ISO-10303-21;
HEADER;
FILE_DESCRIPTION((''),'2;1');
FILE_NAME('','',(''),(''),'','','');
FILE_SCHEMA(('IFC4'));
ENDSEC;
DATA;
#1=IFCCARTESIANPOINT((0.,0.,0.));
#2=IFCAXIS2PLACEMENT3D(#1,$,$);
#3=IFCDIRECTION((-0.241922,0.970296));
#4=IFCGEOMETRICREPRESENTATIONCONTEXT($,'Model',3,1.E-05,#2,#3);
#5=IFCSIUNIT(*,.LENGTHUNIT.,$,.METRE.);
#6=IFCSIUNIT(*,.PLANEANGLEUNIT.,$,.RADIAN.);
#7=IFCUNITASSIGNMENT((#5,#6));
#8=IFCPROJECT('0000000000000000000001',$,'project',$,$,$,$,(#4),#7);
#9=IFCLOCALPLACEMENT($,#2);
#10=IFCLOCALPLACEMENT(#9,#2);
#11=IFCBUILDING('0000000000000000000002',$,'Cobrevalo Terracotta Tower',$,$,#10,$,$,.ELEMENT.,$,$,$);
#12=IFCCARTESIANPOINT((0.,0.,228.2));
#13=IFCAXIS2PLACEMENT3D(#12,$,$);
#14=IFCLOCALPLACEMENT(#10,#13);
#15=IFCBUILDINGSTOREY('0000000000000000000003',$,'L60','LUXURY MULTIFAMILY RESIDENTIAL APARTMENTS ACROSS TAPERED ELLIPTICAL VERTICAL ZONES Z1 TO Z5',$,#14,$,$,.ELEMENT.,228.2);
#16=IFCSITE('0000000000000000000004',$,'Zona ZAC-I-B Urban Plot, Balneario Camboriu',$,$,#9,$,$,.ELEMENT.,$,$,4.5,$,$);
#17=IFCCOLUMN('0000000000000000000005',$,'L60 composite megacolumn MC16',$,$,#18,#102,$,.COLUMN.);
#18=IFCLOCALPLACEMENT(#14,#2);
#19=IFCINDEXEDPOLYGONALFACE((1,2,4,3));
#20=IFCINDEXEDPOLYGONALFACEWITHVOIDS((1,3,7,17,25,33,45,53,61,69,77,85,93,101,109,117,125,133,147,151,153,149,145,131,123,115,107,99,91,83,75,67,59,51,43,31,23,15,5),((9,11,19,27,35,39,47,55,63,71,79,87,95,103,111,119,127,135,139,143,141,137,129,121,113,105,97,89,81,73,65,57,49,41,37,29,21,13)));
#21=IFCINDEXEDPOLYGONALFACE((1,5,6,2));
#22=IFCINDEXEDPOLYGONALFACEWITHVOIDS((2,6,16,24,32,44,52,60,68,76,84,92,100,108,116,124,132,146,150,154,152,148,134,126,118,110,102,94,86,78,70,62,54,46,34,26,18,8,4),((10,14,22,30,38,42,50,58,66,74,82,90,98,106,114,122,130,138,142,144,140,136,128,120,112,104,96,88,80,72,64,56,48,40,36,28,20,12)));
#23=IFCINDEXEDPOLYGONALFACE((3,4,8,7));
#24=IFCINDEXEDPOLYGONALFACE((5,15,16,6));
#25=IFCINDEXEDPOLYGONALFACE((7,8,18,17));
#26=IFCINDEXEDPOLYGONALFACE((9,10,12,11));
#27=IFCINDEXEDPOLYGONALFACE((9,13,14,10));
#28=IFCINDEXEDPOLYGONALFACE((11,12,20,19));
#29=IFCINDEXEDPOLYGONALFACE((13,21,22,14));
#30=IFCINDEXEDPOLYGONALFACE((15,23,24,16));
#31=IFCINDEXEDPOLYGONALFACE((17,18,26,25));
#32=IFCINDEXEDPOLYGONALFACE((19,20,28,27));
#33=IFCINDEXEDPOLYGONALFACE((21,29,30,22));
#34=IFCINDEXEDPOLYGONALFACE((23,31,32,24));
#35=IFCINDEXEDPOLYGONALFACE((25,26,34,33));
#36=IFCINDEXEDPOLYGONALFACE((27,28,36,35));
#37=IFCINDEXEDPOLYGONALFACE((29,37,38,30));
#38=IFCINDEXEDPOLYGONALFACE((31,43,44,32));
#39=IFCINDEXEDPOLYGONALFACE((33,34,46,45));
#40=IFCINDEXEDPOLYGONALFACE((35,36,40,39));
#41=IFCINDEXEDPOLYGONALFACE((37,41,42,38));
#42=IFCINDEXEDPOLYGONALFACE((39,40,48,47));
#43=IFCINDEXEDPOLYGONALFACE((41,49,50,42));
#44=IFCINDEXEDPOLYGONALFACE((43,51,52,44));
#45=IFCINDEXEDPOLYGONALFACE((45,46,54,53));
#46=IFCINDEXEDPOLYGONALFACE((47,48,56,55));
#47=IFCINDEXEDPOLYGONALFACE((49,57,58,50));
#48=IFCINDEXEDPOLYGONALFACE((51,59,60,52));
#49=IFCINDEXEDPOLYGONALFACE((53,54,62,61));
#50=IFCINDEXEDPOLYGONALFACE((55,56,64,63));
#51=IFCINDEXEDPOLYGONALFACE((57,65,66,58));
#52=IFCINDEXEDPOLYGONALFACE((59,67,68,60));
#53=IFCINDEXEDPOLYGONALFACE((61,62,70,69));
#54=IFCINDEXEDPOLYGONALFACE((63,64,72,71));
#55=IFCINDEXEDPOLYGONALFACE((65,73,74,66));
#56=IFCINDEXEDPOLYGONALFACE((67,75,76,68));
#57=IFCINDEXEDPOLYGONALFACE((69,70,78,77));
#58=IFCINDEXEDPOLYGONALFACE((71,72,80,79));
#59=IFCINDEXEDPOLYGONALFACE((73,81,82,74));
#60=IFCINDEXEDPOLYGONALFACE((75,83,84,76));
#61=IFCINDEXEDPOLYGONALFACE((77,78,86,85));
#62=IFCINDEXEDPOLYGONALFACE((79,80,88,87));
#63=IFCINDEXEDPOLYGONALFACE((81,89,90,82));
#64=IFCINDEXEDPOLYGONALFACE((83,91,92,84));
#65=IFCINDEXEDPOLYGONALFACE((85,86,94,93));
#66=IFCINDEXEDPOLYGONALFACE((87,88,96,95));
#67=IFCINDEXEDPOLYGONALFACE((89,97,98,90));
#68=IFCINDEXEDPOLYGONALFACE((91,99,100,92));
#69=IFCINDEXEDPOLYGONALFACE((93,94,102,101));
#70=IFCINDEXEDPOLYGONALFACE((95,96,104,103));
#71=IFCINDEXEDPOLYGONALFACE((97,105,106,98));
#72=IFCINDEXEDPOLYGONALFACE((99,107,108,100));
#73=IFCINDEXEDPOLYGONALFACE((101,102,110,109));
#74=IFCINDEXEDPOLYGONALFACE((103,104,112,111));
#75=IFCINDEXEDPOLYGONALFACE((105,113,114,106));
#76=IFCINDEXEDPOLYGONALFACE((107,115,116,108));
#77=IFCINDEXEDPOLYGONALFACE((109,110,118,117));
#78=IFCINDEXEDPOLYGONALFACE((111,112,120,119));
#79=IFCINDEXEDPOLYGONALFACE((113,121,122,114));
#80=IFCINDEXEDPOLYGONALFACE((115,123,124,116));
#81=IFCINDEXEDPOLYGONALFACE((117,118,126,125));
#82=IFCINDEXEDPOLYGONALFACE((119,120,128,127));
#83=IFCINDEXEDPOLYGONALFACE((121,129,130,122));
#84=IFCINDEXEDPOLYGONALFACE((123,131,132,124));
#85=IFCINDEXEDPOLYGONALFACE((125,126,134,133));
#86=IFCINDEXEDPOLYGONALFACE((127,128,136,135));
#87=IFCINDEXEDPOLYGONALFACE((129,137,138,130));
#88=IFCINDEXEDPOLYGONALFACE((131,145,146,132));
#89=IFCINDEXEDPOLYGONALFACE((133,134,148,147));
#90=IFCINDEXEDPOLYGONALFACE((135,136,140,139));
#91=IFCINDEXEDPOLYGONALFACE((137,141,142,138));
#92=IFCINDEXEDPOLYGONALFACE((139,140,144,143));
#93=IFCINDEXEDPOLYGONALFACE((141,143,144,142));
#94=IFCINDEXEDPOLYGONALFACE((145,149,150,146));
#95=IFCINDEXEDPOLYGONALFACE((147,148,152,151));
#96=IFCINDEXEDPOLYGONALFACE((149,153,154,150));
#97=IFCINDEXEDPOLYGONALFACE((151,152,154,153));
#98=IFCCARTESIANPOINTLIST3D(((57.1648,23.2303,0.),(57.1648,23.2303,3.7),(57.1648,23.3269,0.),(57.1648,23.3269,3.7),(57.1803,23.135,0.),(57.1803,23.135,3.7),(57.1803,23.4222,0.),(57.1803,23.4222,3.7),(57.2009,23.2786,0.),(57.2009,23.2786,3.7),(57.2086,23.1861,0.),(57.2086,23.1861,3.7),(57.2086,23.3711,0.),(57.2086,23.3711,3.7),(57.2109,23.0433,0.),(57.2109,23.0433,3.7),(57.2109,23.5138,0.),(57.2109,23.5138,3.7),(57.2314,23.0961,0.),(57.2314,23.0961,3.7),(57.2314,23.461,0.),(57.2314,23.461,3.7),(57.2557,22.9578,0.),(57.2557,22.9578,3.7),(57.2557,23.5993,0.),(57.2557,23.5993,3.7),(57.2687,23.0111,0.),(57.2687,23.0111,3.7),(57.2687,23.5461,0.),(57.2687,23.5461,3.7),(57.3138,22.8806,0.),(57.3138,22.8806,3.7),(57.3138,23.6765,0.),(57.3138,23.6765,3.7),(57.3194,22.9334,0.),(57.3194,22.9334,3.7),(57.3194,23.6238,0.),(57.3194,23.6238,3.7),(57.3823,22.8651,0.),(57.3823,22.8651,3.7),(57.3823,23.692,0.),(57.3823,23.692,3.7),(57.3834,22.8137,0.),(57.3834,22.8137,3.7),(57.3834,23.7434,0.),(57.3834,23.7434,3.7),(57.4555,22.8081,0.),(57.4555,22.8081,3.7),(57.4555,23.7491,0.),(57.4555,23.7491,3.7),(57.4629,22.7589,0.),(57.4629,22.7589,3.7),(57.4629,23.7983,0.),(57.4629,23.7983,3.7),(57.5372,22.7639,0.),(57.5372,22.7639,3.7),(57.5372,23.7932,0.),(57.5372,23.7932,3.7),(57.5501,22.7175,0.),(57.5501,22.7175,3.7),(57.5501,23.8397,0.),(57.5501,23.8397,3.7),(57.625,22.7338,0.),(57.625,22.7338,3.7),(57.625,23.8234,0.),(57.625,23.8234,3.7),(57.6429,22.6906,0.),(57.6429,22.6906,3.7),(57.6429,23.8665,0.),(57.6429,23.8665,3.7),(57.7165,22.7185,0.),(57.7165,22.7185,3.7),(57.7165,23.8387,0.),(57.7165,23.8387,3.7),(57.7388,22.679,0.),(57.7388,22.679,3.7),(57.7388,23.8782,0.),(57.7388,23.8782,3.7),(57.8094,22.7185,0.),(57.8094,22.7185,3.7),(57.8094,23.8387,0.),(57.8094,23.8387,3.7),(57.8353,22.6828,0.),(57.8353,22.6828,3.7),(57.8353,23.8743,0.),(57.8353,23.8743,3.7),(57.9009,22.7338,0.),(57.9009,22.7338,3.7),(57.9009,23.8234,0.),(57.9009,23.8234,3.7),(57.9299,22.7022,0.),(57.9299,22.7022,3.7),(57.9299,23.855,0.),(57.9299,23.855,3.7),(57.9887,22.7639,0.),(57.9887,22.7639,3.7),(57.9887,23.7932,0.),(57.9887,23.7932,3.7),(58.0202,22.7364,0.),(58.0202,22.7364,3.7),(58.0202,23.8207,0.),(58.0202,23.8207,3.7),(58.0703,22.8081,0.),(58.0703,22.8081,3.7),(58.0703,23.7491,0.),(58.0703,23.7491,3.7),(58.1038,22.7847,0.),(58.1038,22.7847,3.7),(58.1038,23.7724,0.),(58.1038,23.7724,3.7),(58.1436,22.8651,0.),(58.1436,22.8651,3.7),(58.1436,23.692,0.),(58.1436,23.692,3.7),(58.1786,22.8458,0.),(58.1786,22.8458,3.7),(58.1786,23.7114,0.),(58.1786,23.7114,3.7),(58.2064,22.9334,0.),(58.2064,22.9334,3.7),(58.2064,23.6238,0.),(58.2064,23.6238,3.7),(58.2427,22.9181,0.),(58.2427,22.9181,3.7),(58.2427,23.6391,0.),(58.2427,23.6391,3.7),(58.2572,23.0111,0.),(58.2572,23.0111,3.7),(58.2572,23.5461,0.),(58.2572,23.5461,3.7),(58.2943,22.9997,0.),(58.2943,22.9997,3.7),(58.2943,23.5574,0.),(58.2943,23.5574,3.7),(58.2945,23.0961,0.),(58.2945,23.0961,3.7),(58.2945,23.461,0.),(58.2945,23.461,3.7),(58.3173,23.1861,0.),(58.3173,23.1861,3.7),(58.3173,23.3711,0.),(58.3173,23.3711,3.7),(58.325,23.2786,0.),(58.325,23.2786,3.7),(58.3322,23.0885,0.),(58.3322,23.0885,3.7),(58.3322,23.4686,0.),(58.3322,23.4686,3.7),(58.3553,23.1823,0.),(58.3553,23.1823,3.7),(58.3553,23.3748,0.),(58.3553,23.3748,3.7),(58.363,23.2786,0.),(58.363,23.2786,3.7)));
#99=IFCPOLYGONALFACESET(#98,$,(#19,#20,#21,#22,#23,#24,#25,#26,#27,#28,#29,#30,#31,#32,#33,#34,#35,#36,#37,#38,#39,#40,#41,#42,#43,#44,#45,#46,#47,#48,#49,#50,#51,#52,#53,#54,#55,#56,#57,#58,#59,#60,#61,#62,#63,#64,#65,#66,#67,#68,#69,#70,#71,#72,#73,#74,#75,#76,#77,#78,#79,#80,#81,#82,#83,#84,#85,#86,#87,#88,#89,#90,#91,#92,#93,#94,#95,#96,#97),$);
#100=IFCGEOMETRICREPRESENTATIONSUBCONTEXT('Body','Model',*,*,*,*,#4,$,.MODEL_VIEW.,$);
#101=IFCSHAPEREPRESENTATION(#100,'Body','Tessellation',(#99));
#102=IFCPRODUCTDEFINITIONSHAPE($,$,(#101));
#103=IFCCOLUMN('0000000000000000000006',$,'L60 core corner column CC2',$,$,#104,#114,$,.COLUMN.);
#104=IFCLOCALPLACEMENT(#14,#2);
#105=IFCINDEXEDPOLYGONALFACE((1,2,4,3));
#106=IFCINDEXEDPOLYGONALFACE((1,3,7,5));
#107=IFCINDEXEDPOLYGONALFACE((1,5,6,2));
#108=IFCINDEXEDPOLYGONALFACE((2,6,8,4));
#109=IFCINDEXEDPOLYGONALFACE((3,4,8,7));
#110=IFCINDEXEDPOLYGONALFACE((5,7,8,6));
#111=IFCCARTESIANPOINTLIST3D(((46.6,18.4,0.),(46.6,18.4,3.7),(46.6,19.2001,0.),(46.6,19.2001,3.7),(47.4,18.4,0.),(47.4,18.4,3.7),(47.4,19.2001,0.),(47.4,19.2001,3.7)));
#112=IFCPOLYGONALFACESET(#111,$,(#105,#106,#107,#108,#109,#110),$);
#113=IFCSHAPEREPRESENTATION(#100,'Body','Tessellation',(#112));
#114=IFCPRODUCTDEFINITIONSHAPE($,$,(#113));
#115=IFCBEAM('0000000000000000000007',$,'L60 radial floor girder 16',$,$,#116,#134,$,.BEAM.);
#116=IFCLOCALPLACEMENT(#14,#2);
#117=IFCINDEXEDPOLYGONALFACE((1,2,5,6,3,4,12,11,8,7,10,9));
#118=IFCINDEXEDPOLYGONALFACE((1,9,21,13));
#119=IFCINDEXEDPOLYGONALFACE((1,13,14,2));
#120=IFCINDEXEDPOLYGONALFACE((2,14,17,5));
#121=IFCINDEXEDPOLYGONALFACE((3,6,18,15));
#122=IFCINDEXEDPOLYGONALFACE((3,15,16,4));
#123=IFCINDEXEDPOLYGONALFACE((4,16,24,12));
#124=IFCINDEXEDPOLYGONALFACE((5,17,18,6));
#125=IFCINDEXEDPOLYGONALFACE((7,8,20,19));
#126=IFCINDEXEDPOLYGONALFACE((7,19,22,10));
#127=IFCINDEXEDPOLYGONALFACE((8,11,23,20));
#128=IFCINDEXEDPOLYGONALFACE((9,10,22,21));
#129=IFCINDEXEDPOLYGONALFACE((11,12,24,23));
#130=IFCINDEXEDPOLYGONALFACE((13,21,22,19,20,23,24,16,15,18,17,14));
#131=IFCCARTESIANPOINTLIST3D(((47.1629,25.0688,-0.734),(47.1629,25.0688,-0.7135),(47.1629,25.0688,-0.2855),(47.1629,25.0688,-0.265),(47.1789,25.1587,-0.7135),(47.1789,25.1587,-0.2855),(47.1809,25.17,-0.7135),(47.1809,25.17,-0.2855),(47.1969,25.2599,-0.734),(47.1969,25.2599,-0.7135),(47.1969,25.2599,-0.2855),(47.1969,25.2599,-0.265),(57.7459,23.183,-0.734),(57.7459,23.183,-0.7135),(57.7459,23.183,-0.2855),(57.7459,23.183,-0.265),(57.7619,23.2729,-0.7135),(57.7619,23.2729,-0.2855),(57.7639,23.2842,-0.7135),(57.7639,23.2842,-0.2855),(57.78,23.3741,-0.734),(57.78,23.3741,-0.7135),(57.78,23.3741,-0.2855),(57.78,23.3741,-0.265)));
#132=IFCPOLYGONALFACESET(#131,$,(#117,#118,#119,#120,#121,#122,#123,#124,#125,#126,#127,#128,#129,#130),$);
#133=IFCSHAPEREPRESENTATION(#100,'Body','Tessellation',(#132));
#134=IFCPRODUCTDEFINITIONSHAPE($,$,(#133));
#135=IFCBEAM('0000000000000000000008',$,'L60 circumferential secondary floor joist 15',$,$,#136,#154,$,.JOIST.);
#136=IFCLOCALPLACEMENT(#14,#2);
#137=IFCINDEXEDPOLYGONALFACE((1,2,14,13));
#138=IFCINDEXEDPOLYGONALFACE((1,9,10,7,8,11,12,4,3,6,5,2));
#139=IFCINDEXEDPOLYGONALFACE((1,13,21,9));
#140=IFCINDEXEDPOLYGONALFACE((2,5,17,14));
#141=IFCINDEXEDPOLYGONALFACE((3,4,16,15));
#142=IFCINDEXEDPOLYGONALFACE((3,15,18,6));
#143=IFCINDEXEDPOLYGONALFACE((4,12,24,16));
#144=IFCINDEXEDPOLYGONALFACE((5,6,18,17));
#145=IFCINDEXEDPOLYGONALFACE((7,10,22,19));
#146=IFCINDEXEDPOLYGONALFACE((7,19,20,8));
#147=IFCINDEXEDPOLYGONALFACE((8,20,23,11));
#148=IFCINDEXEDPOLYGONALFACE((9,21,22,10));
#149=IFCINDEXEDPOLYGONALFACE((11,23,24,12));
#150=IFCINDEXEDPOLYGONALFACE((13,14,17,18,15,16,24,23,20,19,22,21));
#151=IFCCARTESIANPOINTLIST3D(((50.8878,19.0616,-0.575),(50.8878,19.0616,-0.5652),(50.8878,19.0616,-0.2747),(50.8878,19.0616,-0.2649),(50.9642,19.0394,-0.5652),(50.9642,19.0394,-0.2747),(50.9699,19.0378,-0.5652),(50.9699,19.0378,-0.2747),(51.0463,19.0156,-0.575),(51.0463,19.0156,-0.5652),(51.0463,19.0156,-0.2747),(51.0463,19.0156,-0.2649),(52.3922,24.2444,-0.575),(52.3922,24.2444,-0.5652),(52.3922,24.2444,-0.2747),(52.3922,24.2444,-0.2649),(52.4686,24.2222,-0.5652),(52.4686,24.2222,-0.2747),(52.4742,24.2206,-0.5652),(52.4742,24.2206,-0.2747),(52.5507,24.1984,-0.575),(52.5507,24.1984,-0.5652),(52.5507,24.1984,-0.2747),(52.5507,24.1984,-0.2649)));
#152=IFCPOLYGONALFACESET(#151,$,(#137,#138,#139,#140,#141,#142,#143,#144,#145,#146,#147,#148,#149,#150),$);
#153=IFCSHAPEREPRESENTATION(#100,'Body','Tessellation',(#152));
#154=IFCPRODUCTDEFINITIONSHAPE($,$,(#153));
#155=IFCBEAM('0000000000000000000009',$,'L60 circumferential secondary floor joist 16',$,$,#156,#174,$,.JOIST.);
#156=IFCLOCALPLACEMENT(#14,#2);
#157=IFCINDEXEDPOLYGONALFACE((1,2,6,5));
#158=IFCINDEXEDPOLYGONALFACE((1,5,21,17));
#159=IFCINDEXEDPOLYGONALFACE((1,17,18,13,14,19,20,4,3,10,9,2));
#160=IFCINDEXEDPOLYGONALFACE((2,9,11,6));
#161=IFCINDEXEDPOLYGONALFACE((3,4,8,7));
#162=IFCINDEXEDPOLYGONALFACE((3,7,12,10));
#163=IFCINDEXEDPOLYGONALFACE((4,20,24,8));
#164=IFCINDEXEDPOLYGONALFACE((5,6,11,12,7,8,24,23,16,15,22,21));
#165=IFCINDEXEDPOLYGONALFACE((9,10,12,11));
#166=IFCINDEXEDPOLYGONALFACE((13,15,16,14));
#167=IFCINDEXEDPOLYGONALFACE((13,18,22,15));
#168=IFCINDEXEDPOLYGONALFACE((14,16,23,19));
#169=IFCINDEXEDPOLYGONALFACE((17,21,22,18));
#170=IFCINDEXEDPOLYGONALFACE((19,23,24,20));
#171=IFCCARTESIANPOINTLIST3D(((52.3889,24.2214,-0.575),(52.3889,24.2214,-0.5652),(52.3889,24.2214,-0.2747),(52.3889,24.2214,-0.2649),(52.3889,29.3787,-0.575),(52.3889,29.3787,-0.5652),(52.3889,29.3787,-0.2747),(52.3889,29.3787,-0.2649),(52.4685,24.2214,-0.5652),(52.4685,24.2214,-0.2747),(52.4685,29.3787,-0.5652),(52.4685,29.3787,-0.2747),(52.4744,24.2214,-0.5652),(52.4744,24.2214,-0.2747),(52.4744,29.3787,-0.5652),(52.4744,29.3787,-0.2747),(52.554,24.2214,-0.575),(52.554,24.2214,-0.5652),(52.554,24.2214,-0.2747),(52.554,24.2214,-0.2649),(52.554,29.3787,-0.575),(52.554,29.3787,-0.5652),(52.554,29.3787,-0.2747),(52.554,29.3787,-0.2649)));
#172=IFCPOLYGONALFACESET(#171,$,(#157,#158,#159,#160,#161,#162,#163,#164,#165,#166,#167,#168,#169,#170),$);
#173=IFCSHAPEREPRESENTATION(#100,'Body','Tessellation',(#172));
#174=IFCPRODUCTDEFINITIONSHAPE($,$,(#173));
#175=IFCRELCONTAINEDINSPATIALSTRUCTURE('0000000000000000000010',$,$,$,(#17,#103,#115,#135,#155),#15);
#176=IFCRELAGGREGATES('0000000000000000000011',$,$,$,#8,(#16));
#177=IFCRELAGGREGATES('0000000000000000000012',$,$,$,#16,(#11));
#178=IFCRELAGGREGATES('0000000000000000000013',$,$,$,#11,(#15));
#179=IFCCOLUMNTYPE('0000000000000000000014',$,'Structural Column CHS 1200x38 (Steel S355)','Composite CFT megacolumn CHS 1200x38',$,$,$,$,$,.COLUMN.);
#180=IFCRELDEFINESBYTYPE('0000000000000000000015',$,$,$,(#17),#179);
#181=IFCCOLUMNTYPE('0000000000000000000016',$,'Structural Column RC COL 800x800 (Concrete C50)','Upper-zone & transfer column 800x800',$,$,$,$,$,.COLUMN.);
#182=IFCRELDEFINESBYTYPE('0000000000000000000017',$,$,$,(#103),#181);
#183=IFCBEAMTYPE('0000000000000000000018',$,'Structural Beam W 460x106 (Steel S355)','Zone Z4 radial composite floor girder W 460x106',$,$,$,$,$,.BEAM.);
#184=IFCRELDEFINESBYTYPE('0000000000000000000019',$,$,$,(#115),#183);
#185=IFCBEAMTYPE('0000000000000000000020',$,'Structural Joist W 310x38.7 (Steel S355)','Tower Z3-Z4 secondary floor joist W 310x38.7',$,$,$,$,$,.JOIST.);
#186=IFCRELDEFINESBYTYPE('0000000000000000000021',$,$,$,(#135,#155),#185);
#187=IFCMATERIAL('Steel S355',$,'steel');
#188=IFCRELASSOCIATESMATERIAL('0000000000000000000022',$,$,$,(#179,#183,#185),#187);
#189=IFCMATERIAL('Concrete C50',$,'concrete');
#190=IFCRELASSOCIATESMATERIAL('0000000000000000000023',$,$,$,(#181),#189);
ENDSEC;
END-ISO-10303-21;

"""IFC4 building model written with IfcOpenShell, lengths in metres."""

from ifc_helpers import new_model, si_unit, direction, frame, origin, origin_2d, place, context, subcontext, project, spatial, rectangle, hollow_circle, i_section, extrude, material, material_profile, profile_set, type_object, element, save


model = new_model("IFC4")

# Units and contexts
model_context = context("Model", 3, precision=1e-05, world=origin(), true_north=direction((-0.241922, 0.970296)))
body_context = subcontext(model_context, "Body", "Model", "MODEL_VIEW")
ifc_project = project(units=[si_unit("LENGTHUNIT", "METRE"), si_unit("PLANEANGLEUNIT", "RADIAN")], contexts=[model_context])

# Site, building, storey
site_placement = place(None, origin())
site = spatial("IfcSite", under=ifc_project, at=site_placement, Name="Zona ZAC-I-B Urban Plot, Balneario Camboriu", CompositionType="ELEMENT", RefElevation=4.5)
building_placement = place(site_placement, origin())
building = spatial("IfcBuilding", under=site, at=building_placement, Name="Cobrevalo Terracotta Tower", CompositionType="ELEMENT")
storey_placement = place(building_placement, frame((0.0, 0.0, 228.2)))
storey = spatial("IfcBuildingStorey", under=building, at=storey_placement, Name="L60", Description="LUXURY MULTIFAMILY RESIDENTIAL APARTMENTS ACROSS TAPERED ELLIPTICAL VERTICAL ZONES Z1 TO Z5", CompositionType="ELEMENT", Elevation=228.2)

# Columns
ifc_material_1 = material(Name="Steel S355", Category="steel")
ifc_material_profile_1 = material_profile(ifc_material_1, hollow_circle(Radius=0.6001, WallThickness=0.0381, at=origin_2d()), Name="CHS 1200x38")
ifc_profile_set_1 = profile_set([ifc_material_profile_1], Name="Steel S355")
column_type_1 = type_object("IfcColumnType", Name="Structural Column CHS 1200x38 (Steel S355)", Description="Composite CFT megacolumn CHS 1200x38", PredefinedType="COLUMN", material=ifc_profile_set_1)
column_1_placement = place(storey_placement, frame((57.7629, 23.2786, 0.0), z_axis=(0.0, 0.0, 1.0), x_axis=(1.0, 0.0, 0.0)))
element("IfcColumn", 1, at=column_1_placement, inside=storey, type_object=column_type_1, Name="L60 composite megacolumn MC16", PredefinedType="COLUMN", context=body_context, shape_type="SweptSolid", body=[
    extrude(hollow_circle(Radius=0.6001, WallThickness=0.0381, at=origin_2d()), origin(), (0.0, 0.0, 1.0), 3.7),
])
ifc_material_2 = material(Name="Concrete C50", Category="concrete")
ifc_material_profile_2 = material_profile(ifc_material_2, rectangle(XDim=0.8, YDim=0.8, at=origin_2d()), Name="RC COL 800x800")
ifc_profile_set_2 = profile_set([ifc_material_profile_2], Name="Concrete C50")
column_type_2 = type_object("IfcColumnType", Name="Structural Column RC COL 800x800 (Concrete C50)", Description="Upper-zone & transfer column 800x800", PredefinedType="COLUMN", material=ifc_profile_set_2)
column_2_placement = place(storey_placement, frame((47.0, 18.8, 0.0), z_axis=(0.0, 0.0, 1.0), x_axis=(1.0, 0.0, 0.0)))
element("IfcColumn", 2, at=column_2_placement, inside=storey, type_object=column_type_2, Name="L60 core corner column CC2", PredefinedType="COLUMN", context=body_context, shape_type="SweptSolid", body=[
    extrude(rectangle(XDim=0.8, YDim=0.8, at=origin_2d()), origin(), (0.0, 0.0, 1.0), 3.7),
])

# Beams
ifc_material_profile_3 = material_profile(ifc_material_1, i_section(OverallWidth=0.1941, OverallDepth=0.469, WebThickness=0.0115, FlangeThickness=0.0205, at=origin_2d()), Name="W 460x106")
ifc_profile_set_3 = profile_set([ifc_material_profile_3], Name="Steel S355")
beam_type_1 = type_object("IfcBeamType", Name="Structural Beam W 460x106 (Steel S355)", Description="Zone Z4 radial composite floor girder W 460x106", PredefinedType="BEAM", material=ifc_profile_set_3)
beam_1_placement = place(storey_placement, frame((57.7629, 23.2786, -0.4995), z_axis=(-0.984493, 0.175423, 0.0), x_axis=(-0.175423, -0.984493, 0.0)))
element("IfcBeam", 3, at=beam_1_placement, inside=storey, type_object=beam_type_1, Name="L60 radial floor girder 16", PredefinedType="BEAM", context=body_context, shape_type="SweptSolid", body=[
    extrude(i_section(OverallWidth=0.1941, OverallDepth=0.469, WebThickness=0.0115, FlangeThickness=0.0205, at=origin_2d()), origin(), (0.0, 0.0, 1.0), 10.7498),
])
ifc_material_profile_4 = material_profile(ifc_material_1, i_section(OverallWidth=0.165, OverallDepth=0.3101, WebThickness=0.0059, FlangeThickness=0.0098, at=origin_2d()), Name="W 310x38.7")
ifc_profile_set_4 = profile_set([ifc_material_profile_4], Name="Steel S355")
beam_type_2 = type_object("IfcBeamType", Name="Structural Joist W 310x38.7 (Steel S355)", Description="Tower Z3-Z4 secondary floor joist W 310x38.7", PredefinedType="JOIST", material=ifc_profile_set_4)
beam_2_placement = place(storey_placement, frame((50.967, 19.0386, -0.4199), z_axis=(0.278758, 0.960361, 0.0), x_axis=(-0.960361, 0.278758, 0.0)))
element("IfcBeam", 4, at=beam_2_placement, inside=storey, type_object=beam_type_2, Name="L60 circumferential secondary floor joist 15", PredefinedType="JOIST", context=body_context, shape_type="SweptSolid", body=[
    extrude(i_section(OverallWidth=0.165, OverallDepth=0.3101, WebThickness=0.0059, FlangeThickness=0.0098, at=origin_2d()), origin(), (0.0, 0.0, 1.0), 5.3967),
])
beam_3_placement = place(storey_placement, frame((52.4714, 24.2214, -0.4199), z_axis=(0.0, 1.0, 0.0), x_axis=(-1.0, 0.0, 0.0)))
element("IfcBeam", 5, at=beam_3_placement, inside=storey, type_object=beam_type_2, Name="L60 circumferential secondary floor joist 16", PredefinedType="JOIST", context=body_context, shape_type="SweptSolid", body=[
    extrude(i_section(OverallWidth=0.165, OverallDepth=0.3101, WebThickness=0.0059, FlangeThickness=0.0098, at=origin_2d()), origin(), (0.0, 0.0, 1.0), 5.1572),
])

save(model, "model.ifc")
